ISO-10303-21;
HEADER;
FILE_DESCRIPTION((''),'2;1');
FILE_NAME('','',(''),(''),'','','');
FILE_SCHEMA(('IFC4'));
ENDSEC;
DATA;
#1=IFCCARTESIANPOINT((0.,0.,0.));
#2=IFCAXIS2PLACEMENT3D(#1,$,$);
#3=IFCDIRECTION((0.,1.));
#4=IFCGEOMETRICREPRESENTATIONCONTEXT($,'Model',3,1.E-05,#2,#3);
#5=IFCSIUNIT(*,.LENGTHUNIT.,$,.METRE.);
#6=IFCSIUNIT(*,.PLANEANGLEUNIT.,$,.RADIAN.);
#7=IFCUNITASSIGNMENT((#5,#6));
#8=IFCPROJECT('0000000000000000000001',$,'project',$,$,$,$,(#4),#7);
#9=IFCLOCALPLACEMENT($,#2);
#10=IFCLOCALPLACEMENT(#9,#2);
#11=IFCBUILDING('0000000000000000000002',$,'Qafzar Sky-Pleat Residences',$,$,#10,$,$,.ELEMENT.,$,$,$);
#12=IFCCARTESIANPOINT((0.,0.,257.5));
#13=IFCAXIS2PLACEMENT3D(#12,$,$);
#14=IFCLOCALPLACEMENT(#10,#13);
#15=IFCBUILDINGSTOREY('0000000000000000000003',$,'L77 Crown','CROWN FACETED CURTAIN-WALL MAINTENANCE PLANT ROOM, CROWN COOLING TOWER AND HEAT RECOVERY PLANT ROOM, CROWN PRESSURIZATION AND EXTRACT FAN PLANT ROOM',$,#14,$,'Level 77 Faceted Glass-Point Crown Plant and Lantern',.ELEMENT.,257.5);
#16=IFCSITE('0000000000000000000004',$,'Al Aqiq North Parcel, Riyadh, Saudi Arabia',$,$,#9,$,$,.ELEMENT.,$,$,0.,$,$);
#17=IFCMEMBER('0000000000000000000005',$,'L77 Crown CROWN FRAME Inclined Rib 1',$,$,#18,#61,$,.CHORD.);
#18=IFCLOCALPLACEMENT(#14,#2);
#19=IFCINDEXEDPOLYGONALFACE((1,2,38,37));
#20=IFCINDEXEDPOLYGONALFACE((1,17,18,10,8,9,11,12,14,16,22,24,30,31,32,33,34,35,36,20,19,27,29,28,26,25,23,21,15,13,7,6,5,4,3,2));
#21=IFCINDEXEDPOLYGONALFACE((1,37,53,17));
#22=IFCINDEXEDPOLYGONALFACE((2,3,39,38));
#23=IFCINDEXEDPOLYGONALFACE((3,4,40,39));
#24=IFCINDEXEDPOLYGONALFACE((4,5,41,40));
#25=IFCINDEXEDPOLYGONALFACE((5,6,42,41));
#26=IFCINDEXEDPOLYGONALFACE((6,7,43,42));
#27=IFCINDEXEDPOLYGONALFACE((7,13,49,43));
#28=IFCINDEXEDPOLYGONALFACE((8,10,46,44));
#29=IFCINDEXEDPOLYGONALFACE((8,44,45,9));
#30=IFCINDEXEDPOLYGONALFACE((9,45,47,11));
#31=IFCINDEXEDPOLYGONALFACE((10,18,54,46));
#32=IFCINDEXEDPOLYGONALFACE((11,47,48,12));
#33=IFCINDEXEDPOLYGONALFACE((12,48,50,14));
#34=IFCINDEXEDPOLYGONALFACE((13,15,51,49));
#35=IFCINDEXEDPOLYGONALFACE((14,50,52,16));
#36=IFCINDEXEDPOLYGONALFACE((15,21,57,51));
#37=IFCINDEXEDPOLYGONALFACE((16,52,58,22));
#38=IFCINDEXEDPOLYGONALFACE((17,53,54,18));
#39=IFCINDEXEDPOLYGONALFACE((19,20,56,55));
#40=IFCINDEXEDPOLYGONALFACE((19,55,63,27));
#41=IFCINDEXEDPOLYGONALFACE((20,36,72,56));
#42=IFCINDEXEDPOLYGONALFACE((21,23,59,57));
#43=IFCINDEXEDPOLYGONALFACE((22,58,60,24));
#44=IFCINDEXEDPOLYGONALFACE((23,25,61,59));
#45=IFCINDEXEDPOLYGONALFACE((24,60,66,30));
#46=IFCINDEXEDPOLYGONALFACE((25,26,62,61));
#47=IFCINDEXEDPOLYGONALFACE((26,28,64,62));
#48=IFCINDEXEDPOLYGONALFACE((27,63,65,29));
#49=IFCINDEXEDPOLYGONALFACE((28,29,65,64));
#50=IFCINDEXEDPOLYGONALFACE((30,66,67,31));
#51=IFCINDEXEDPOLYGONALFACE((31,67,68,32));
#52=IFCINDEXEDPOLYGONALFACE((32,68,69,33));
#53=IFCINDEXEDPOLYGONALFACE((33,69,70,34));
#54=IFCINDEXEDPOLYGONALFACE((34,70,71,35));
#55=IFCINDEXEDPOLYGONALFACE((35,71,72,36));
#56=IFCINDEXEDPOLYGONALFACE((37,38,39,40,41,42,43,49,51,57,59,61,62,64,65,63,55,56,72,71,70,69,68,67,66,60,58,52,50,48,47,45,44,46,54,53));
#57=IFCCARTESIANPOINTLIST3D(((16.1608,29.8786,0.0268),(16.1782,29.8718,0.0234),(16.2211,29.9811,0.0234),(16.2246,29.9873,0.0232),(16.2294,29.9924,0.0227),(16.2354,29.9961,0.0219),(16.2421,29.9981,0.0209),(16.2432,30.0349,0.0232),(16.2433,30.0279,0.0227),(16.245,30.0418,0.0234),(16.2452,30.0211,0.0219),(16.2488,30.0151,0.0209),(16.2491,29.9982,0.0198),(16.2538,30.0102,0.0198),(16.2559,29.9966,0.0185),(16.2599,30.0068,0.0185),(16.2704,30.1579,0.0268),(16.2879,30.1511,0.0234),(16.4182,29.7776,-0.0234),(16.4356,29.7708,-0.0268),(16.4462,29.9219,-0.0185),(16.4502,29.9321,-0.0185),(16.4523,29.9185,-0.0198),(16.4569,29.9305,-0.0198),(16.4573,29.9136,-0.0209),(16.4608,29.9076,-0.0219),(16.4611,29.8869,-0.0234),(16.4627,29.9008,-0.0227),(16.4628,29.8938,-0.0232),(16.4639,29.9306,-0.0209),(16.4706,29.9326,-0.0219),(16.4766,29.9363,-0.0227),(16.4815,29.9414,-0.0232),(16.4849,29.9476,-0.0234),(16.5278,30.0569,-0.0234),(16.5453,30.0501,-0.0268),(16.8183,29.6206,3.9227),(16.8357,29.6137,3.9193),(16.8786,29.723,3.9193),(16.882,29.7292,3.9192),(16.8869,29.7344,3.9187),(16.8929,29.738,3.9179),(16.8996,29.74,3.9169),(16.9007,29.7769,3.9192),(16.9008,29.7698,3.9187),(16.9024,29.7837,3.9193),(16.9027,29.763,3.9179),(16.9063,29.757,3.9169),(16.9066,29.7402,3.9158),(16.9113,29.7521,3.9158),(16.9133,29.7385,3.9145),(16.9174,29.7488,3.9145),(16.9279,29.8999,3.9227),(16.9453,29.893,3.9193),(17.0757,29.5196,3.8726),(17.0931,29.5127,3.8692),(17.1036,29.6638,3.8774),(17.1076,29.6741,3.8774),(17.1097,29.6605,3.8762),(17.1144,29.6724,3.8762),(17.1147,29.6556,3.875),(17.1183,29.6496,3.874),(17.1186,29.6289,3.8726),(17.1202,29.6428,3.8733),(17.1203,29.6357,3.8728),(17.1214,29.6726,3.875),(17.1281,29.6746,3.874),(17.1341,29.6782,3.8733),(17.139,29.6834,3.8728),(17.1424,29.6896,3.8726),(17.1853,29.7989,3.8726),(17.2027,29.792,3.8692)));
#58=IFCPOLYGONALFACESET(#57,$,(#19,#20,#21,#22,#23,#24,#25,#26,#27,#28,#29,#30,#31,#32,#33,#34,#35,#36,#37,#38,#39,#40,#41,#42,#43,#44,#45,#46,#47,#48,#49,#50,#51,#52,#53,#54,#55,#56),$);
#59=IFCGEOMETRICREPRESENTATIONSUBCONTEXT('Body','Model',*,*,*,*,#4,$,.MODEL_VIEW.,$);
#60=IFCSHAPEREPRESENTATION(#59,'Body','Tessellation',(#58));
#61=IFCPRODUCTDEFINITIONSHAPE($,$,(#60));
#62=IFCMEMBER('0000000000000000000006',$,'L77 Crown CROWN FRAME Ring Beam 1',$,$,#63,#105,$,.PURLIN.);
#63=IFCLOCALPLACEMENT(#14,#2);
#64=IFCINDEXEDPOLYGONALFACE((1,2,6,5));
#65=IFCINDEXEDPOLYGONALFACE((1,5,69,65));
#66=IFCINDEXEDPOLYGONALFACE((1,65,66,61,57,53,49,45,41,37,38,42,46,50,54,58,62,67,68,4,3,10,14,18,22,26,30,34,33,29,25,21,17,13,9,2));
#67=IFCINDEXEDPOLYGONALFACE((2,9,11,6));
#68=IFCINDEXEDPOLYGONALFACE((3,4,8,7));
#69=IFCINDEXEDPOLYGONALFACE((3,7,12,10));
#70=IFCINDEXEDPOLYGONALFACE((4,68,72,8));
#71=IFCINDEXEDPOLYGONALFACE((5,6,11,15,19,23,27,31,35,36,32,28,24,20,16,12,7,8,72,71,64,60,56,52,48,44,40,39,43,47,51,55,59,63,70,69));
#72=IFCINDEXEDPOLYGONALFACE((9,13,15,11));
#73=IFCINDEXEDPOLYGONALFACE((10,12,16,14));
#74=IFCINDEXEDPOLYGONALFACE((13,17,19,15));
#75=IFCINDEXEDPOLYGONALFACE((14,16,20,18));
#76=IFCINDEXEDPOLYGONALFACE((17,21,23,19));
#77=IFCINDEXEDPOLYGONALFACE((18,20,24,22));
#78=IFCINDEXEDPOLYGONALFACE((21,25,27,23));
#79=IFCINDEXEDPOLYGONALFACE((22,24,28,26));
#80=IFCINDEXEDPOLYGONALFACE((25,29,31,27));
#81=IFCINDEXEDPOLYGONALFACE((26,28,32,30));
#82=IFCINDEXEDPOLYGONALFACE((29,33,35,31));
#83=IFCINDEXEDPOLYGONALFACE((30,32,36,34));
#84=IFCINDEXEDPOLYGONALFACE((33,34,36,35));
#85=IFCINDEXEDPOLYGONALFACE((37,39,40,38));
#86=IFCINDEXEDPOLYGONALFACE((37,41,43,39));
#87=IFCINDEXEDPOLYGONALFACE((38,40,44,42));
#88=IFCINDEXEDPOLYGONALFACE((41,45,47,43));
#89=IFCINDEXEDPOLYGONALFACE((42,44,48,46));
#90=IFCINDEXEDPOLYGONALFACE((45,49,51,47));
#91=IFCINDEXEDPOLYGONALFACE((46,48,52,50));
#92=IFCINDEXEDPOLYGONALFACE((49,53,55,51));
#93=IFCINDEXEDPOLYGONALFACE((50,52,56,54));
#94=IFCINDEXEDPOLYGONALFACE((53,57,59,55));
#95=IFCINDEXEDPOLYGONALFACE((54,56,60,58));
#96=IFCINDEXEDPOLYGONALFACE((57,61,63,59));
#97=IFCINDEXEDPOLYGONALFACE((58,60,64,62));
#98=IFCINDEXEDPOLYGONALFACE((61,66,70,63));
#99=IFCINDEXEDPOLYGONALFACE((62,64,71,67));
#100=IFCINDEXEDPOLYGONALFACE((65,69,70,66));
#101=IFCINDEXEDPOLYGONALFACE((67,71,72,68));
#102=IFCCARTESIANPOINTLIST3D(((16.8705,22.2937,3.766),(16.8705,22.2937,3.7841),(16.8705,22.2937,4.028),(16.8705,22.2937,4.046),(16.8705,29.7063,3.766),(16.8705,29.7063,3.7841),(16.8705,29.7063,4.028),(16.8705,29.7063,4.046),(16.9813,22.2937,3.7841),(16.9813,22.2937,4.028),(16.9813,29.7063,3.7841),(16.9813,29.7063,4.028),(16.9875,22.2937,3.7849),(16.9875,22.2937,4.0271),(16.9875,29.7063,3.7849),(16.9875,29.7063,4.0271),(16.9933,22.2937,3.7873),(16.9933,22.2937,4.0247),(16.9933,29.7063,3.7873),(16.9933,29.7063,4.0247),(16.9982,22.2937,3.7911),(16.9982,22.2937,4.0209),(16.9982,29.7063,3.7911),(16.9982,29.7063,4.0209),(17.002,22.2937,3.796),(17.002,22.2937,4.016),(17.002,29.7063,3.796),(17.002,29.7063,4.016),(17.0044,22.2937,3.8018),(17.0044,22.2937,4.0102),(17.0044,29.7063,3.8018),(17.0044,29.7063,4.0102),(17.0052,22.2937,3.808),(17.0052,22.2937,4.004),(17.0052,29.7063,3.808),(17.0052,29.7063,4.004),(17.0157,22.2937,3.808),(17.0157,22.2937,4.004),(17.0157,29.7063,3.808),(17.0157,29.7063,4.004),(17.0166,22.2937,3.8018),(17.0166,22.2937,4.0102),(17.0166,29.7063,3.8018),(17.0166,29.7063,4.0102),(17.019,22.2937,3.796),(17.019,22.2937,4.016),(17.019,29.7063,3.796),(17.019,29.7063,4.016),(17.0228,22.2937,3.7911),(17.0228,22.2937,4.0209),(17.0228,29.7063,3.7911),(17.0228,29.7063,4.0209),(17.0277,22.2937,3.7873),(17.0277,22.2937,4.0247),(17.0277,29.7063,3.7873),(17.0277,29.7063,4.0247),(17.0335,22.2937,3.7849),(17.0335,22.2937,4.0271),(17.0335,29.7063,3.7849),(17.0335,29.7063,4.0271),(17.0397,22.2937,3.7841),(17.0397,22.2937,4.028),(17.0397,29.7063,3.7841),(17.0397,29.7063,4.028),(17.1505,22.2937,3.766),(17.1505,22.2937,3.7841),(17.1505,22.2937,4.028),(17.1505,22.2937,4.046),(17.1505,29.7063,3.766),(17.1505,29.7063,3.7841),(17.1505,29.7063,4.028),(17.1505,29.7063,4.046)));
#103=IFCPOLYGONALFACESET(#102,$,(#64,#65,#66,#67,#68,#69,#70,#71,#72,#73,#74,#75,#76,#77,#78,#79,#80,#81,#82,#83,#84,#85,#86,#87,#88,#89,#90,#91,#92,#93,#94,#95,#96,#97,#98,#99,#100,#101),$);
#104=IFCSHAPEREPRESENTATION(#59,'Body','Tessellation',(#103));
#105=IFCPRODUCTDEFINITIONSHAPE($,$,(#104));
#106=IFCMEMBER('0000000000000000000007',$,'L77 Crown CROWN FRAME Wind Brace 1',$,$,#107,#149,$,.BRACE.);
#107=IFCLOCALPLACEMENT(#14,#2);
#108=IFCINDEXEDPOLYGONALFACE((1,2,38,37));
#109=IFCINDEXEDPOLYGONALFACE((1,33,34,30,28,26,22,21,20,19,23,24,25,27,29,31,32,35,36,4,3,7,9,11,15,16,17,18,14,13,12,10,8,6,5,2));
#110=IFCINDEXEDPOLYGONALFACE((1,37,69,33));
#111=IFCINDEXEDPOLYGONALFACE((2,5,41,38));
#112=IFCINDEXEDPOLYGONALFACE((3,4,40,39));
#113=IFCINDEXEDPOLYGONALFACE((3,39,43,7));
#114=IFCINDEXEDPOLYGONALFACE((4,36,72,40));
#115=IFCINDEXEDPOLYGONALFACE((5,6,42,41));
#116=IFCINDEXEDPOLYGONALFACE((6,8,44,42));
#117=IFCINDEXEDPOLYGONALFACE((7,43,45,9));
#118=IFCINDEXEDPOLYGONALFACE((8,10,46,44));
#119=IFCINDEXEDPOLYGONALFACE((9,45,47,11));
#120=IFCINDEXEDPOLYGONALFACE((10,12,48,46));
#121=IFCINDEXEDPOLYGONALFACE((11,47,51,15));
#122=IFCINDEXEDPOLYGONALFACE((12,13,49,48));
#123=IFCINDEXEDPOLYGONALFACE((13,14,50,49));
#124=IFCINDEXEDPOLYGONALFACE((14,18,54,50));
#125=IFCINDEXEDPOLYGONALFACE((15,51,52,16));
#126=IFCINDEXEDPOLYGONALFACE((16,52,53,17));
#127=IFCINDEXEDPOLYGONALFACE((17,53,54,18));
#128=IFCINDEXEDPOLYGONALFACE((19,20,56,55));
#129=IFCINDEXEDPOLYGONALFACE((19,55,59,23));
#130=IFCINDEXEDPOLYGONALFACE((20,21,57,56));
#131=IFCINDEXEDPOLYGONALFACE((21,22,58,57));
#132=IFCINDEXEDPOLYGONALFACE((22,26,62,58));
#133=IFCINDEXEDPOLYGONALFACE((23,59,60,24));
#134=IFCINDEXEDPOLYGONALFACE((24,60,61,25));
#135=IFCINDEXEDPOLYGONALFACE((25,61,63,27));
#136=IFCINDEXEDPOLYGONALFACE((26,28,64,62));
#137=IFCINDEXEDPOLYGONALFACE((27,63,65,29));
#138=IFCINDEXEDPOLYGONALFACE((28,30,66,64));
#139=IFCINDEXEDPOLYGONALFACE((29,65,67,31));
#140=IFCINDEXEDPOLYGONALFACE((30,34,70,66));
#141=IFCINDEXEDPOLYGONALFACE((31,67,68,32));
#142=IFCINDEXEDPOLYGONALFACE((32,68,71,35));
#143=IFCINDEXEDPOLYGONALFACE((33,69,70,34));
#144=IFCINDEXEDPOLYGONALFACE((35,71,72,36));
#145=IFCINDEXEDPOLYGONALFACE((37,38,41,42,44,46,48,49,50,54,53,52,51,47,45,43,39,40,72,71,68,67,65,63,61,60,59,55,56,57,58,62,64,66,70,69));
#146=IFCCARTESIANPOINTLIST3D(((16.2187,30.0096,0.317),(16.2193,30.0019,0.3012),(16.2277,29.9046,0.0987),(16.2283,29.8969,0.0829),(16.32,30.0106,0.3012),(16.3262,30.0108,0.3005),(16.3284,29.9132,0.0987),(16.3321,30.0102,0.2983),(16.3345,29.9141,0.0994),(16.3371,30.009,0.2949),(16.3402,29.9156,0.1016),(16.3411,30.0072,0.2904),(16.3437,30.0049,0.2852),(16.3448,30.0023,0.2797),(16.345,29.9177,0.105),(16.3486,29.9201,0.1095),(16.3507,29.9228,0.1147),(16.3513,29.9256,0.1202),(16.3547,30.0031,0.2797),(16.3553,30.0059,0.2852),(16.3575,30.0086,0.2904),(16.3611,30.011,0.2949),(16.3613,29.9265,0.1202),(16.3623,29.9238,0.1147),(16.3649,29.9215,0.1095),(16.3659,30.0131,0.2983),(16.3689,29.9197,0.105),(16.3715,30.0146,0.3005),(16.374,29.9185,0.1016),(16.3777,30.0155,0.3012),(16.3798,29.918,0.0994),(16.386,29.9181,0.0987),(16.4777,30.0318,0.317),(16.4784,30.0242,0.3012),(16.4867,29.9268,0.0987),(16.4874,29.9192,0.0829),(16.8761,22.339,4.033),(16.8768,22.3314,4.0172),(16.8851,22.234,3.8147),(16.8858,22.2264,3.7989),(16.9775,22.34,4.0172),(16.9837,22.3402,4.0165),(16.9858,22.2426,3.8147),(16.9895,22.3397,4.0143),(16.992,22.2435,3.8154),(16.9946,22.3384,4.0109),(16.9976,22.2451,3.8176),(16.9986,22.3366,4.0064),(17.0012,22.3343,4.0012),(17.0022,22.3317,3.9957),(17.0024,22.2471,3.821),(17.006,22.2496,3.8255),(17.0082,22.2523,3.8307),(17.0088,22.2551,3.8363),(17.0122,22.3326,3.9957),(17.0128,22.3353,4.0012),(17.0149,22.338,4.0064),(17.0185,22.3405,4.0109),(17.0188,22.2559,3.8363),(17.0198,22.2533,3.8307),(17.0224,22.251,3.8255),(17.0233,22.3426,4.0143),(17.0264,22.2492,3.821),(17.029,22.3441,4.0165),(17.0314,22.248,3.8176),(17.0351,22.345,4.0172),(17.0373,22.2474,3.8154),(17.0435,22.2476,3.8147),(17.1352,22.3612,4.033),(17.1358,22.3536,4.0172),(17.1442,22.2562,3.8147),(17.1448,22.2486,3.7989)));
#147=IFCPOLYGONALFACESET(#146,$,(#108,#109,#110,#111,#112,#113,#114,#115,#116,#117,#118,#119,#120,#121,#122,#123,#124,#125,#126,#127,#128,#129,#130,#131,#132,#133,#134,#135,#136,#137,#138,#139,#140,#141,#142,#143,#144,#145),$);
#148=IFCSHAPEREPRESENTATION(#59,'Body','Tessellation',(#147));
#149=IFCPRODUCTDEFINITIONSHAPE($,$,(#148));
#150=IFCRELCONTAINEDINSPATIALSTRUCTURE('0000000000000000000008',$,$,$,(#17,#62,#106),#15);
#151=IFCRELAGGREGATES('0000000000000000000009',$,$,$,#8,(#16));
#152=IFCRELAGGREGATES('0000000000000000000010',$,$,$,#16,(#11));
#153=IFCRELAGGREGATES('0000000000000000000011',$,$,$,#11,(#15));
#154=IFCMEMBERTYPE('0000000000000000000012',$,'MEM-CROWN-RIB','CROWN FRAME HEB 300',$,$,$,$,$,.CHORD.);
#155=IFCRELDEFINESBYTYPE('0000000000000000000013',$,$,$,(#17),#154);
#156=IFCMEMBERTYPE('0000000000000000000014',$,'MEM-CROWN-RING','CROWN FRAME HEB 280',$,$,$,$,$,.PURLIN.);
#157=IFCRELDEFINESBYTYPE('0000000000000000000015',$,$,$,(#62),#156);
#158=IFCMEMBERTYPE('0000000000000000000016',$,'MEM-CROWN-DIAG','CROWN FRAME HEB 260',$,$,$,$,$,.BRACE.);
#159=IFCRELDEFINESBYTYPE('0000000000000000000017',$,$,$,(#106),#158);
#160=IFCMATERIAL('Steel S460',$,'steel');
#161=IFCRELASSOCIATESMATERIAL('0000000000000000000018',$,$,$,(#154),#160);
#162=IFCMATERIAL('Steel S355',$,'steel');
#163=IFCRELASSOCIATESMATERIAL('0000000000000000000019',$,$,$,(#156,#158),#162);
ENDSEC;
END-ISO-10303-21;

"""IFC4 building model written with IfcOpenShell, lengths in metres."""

from ifc_helpers import new_model, si_unit, direction, frame, origin, origin_2d, place, context, subcontext, project, spatial, i_section, extrude, source, transform, mapped, material, material_profile, profile_set, type_object, element, save


model = new_model("IFC4")

# Units and contexts
model_context = context("Model", 3, precision=1e-05, world=origin(), true_north=direction((0.0, 1.0)))
body_context = subcontext(model_context, "Body", "Model", "MODEL_VIEW")
ifc_project = project(units=[si_unit("LENGTHUNIT", "METRE"), si_unit("PLANEANGLEUNIT", "RADIAN")], contexts=[model_context])

# Site, building, storey
site_placement = place(None, origin())
site = spatial("IfcSite", under=ifc_project, at=site_placement, Name="Al Aqiq North Parcel, Riyadh, Saudi Arabia", CompositionType="ELEMENT", RefElevation=0.0)
building_placement = place(site_placement, origin())
building = spatial("IfcBuilding", under=site, at=building_placement, Name="Qafzar Sky-Pleat Residences", CompositionType="ELEMENT")
storey_placement = place(building_placement, frame((0.0, 0.0, 257.5)))
storey = spatial("IfcBuildingStorey", under=building, at=storey_placement, Name="L77 Crown", Description="CROWN FACETED CURTAIN-WALL MAINTENANCE PLANT ROOM, CROWN COOLING TOWER AND HEAT RECOVERY PLANT ROOM, CROWN PRESSURIZATION AND EXTRACT FAN PLANT ROOM", LongName="Level 77 Faceted Glass-Point Crown Plant and Lantern", CompositionType="ELEMENT", Elevation=257.5)

# Members
ifc_material_1 = material(Name="Steel S460", Category="steel")
ifc_material_profile_1 = material_profile(ifc_material_1, i_section(OverallWidth=0.3, OverallDepth=0.3, WebThickness=0.011, FlangeThickness=0.019, FilletRadius=0.0271, at=origin_2d()), Name="HEB 300")
ifc_profile_set_1 = profile_set([ifc_material_profile_1], Name="Steel S460")
member_type_1 = type_object("IfcMemberType", Name="MEM-CROWN-RIB", Description="CROWN FRAME HEB 300", PredefinedType="CHORD", material=ifc_profile_set_1)
shared_shape_1 = source(origin(), body_context, "Body", "SweptSolid", [
    extrude(i_section(OverallWidth=0.3, OverallDepth=0.3, WebThickness=0.011, FlangeThickness=0.019, FilletRadius=0.0271, at=origin_2d()), origin(), (0.0, 0.0, 1.0), 3.9595),
])
member_1_placement = place(storey_placement, frame((16.353, 29.9644, 0.0), z_axis=(0.166049, -0.065174, 0.983961), x_axis=(0.365364, 0.930865, 0.0)))
element("IfcMember", 1, at=member_1_placement, inside=storey, type_object=member_type_1, Name="L77 Crown CROWN FRAME Inclined Rib 1", PredefinedType="CHORD", context=body_context, shape_type="MappedRepresentation", body=[
    mapped(shared_shape_1, transform((0.0, 0.0, 0.0), x_axis=(1.0, 0.0, 0.0), y_axis=(0.0, 1.0, 0.0), z_axis=(0.0, 0.0, 1.0), scale=1.0)),
])
ifc_material_2 = material(Name="Steel S355", Category="steel")
ifc_material_profile_2 = material_profile(ifc_material_2, i_section(OverallWidth=0.28, OverallDepth=0.28, WebThickness=0.0105, FlangeThickness=0.0181, FilletRadius=0.0239, at=origin_2d()), Name="HEB 280")
ifc_profile_set_2 = profile_set([ifc_material_profile_2], Name="Steel S355")
member_type_2 = type_object("IfcMemberType", Name="MEM-CROWN-RING", Description="CROWN FRAME HEB 280", PredefinedType="PURLIN", material=ifc_profile_set_2)
shared_shape_2 = source(origin(), body_context, "Body", "SweptSolid", [
    extrude(i_section(OverallWidth=0.28, OverallDepth=0.28, WebThickness=0.0105, FlangeThickness=0.0181, FilletRadius=0.0239, at=origin_2d()), origin(), (0.0, 0.0, 1.0), 7.4126),
])
member_2_placement = place(storey_placement, frame((17.0105, 29.7063, 3.906), z_axis=(0.0, -1.0, 0.0), x_axis=(1.0, 0.0, 0.0)))
element("IfcMember", 2, at=member_2_placement, inside=storey, type_object=member_type_2, Name="L77 Crown CROWN FRAME Ring Beam 1", PredefinedType="PURLIN", context=body_context, shape_type="MappedRepresentation", body=[
    mapped(shared_shape_2, transform((0.0, 0.0, 0.0), x_axis=(1.0, 0.0, 0.0), y_axis=(0.0, 1.0, 0.0), z_axis=(0.0, 0.0, 1.0), scale=1.0)),
])
ifc_material_profile_3 = material_profile(ifc_material_2, i_section(OverallWidth=0.26, OverallDepth=0.26, WebThickness=0.01, FlangeThickness=0.0176, FilletRadius=0.0239, at=origin_2d()), Name="HEB 260")
ifc_profile_set_3 = profile_set([ifc_material_profile_3], Name="Steel S355")
member_type_3 = type_object("IfcMemberType", Name="MEM-CROWN-DIAG", Description="CROWN FRAME HEB 260", PredefinedType="BRACE", material=ifc_profile_set_3)
shared_shape_3 = source(origin(), body_context, "Body", "SweptSolid", [
    extrude(i_section(OverallWidth=0.26, OverallDepth=0.26, WebThickness=0.01, FlangeThickness=0.0176, FilletRadius=0.0239, at=origin_2d()), origin(), (0.0, 0.0, 1.0), 8.5486),
])
member_3_placement = place(storey_placement, frame((16.353, 29.9644, 0.2), z_axis=(0.076909, -0.897289, 0.434693), x_axis=(0.996347, 0.085399, 0.0)))
element("IfcMember", 3, at=member_3_placement, inside=storey, type_object=member_type_3, Name="L77 Crown CROWN FRAME Wind Brace 1", PredefinedType="BRACE", context=body_context, shape_type="MappedRepresentation", body=[
    mapped(shared_shape_3, transform((0.0, 0.0, 0.0), x_axis=(1.0, 0.0, 0.0), y_axis=(0.0, 1.0, 0.0), z_axis=(0.0, 0.0, 1.0), scale=1.0)),
])

save(model, "model.ifc")
